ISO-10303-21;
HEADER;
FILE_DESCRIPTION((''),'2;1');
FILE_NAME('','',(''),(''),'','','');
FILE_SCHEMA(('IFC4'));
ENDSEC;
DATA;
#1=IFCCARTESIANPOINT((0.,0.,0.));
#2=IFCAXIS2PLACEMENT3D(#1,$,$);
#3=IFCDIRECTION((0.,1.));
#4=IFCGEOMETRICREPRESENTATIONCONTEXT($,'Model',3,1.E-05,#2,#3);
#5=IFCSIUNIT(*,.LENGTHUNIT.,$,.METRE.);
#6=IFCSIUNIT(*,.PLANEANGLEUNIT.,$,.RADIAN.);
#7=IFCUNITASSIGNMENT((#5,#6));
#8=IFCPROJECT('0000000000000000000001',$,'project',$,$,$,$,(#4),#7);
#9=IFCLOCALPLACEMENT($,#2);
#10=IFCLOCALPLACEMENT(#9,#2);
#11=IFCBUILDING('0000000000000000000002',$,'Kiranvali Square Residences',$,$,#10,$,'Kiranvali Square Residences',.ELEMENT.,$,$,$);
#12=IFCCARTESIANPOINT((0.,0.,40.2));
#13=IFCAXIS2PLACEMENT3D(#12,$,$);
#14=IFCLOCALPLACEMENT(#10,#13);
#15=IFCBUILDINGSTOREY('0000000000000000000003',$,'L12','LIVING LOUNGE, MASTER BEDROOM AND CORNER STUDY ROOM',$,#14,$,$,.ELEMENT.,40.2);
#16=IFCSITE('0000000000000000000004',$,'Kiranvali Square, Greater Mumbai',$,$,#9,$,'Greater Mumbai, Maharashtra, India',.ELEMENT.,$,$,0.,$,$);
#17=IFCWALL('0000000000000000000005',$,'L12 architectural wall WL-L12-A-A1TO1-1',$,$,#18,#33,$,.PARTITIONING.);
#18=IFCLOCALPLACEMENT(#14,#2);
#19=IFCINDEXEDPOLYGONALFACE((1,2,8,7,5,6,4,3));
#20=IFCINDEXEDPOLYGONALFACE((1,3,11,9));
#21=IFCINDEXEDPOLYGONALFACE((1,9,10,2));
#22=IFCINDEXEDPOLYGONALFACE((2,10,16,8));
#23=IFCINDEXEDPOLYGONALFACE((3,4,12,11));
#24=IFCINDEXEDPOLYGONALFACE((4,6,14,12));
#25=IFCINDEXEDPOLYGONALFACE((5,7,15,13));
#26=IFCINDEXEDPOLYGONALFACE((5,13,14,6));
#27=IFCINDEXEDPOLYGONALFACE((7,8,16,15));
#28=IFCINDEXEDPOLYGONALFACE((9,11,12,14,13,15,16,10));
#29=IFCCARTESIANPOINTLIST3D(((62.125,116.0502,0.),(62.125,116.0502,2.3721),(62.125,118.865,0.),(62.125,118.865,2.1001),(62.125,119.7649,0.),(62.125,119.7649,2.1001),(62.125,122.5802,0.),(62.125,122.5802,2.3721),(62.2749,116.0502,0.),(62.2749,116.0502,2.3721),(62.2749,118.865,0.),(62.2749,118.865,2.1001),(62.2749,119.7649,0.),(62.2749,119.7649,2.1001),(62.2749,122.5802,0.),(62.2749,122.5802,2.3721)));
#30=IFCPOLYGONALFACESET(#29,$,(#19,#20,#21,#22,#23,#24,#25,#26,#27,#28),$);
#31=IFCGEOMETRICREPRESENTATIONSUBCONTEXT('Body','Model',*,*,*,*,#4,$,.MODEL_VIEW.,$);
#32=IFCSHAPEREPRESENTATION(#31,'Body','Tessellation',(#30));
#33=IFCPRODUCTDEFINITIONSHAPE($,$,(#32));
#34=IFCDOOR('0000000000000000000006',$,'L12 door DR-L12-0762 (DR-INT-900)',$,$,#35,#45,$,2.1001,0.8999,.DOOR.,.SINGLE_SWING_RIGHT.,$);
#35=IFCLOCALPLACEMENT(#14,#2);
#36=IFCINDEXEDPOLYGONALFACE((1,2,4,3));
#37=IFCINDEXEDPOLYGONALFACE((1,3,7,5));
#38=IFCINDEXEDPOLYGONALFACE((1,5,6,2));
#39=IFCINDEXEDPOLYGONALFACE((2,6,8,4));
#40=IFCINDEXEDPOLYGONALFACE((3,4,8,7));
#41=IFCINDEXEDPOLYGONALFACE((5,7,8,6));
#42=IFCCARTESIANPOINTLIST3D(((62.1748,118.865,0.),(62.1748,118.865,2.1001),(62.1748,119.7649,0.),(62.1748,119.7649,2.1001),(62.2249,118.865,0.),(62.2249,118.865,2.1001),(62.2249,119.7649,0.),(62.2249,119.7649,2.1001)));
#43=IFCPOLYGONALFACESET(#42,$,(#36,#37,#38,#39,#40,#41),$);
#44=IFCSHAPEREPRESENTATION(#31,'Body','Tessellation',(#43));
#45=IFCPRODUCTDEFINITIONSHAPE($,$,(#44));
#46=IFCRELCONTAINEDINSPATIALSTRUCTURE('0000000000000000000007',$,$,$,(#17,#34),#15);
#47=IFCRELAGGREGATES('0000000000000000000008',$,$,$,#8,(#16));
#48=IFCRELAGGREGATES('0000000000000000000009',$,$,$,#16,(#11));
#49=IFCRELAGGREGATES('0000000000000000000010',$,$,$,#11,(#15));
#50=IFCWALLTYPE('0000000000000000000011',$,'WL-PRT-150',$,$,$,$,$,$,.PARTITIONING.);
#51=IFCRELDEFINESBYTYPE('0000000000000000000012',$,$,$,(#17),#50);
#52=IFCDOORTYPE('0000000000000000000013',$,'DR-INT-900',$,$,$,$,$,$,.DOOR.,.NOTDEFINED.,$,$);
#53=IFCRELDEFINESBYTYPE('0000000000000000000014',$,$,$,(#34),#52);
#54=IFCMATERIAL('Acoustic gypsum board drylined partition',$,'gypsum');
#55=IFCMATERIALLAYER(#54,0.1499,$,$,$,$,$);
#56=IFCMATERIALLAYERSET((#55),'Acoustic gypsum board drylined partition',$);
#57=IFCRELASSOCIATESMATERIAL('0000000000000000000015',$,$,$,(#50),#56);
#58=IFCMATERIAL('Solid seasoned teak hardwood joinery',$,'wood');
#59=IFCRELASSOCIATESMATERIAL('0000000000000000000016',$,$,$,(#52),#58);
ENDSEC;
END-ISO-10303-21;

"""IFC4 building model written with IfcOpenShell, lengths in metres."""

from ifc_helpers import new_model, si_unit, direction, frame, frame_2d, origin, place, context, subcontext, project, spatial, rectangle, extrude, material, layer, layer_set, type_object, element, fill, save


model = new_model("IFC4")

# Units and contexts
model_context = context("Model", 3, precision=1e-05, world=origin(), true_north=direction((0.0, 1.0)))
body_context = subcontext(model_context, "Body", "Model", "MODEL_VIEW")
ifc_project = project(units=[si_unit("LENGTHUNIT", "METRE"), si_unit("PLANEANGLEUNIT", "RADIAN")], contexts=[model_context])

# Site, building, storey
site_placement = place(None, origin())
site = spatial("IfcSite", under=ifc_project, at=site_placement, Name="Kiranvali Square, Greater Mumbai", LongName="Greater Mumbai, Maharashtra, India", CompositionType="ELEMENT", RefElevation=0.0)
building_placement = place(site_placement, origin())
building = spatial("IfcBuilding", under=site, at=building_placement, Name="Kiranvali Square Residences", LongName="Kiranvali Square Residences", CompositionType="ELEMENT")
storey_placement = place(building_placement, frame((0.0, 0.0, 40.2)))
storey = spatial("IfcBuildingStorey", under=building, at=storey_placement, Name="L12", Description="LIVING LOUNGE, MASTER BEDROOM AND CORNER STUDY ROOM", CompositionType="ELEMENT", Elevation=40.2)

# Wall, opening, door
ifc_material_1 = material(Name="Acoustic gypsum board drylined partition", Category="gypsum")
ifc_layer_1 = layer(ifc_material_1, 0.1499)
ifc_layer_set_1 = layer_set([ifc_layer_1], Name="Acoustic gypsum board drylined partition")
wall_type_1 = type_object("IfcWallType", Name="WL-PRT-150", PredefinedType="PARTITIONING", material=ifc_layer_set_1)
wall_1_placement = place(storey_placement, frame((62.2, 116.05, 0.0), z_axis=(0.0, 0.0, 1.0), x_axis=(0.0, 1.0, 0.0)))
wall_1 = element("IfcWall", 1, at=wall_1_placement, inside=storey, type_object=wall_type_1, Name="L12 architectural wall WL-L12-A-A1TO1-1", PredefinedType="PARTITIONING", context=body_context, shape_type="SweptSolid", body=[
    extrude(rectangle(XDim=6.53, YDim=0.1499, at=frame_2d((3.2651, 0.0))), origin(), (0.0, 0.0, 1.0), 2.3721),
])
opening_1_placement = place(wall_1_placement, frame((2.8149, 0.0, 0.0)))
opening_1 = element("IfcOpeningElement", 2, at=opening_1_placement, cuts=wall_1, PredefinedType="OPENING", context=body_context, shape_type="SweptSolid", body=[
    extrude(rectangle(XDim=0.8999, YDim=2.1001, at=frame_2d((0.45, 1.05))), frame((0.0, 0.085, 0.0), z_axis=(0.0, -1.0, 0.0), x_axis=(1.0, 0.0, 0.0)), (0.0, 0.0, 1.0), 0.1699),
])
ifc_material_2 = material(Name="Solid seasoned teak hardwood joinery", Category="wood")
door_type_1 = type_object("IfcDoorType", Name="DR-INT-900", OperationType="NOTDEFINED", PredefinedType="DOOR", material=ifc_material_2)
door_1_placement = place(opening_1_placement, frame((0.8999, 0.0, 0.0), z_axis=(0.0, 0.0, 1.0), x_axis=(-1.0, 0.0, 0.0)))
door_1 = element("IfcDoor", 3, at=door_1_placement, inside=storey, type_object=door_type_1, Name="L12 door DR-L12-0762 (DR-INT-900)", OperationType="SINGLE_SWING_RIGHT", OverallHeight=2.1001, OverallWidth=0.8999, PredefinedType="DOOR", context=body_context, shape_type="SweptSolid", body=[
    extrude(rectangle(XDim=0.8999, YDim=2.1001, at=frame_2d((0.45, 1.05))), frame((0.0, 0.0249, 0.0), z_axis=(0.0, -1.0, 0.0), x_axis=(1.0, 0.0, 0.0)), (0.0, 0.0, 1.0), 0.05),
])
fill(opening_1, door_1)

save(model, "model.ifc")
